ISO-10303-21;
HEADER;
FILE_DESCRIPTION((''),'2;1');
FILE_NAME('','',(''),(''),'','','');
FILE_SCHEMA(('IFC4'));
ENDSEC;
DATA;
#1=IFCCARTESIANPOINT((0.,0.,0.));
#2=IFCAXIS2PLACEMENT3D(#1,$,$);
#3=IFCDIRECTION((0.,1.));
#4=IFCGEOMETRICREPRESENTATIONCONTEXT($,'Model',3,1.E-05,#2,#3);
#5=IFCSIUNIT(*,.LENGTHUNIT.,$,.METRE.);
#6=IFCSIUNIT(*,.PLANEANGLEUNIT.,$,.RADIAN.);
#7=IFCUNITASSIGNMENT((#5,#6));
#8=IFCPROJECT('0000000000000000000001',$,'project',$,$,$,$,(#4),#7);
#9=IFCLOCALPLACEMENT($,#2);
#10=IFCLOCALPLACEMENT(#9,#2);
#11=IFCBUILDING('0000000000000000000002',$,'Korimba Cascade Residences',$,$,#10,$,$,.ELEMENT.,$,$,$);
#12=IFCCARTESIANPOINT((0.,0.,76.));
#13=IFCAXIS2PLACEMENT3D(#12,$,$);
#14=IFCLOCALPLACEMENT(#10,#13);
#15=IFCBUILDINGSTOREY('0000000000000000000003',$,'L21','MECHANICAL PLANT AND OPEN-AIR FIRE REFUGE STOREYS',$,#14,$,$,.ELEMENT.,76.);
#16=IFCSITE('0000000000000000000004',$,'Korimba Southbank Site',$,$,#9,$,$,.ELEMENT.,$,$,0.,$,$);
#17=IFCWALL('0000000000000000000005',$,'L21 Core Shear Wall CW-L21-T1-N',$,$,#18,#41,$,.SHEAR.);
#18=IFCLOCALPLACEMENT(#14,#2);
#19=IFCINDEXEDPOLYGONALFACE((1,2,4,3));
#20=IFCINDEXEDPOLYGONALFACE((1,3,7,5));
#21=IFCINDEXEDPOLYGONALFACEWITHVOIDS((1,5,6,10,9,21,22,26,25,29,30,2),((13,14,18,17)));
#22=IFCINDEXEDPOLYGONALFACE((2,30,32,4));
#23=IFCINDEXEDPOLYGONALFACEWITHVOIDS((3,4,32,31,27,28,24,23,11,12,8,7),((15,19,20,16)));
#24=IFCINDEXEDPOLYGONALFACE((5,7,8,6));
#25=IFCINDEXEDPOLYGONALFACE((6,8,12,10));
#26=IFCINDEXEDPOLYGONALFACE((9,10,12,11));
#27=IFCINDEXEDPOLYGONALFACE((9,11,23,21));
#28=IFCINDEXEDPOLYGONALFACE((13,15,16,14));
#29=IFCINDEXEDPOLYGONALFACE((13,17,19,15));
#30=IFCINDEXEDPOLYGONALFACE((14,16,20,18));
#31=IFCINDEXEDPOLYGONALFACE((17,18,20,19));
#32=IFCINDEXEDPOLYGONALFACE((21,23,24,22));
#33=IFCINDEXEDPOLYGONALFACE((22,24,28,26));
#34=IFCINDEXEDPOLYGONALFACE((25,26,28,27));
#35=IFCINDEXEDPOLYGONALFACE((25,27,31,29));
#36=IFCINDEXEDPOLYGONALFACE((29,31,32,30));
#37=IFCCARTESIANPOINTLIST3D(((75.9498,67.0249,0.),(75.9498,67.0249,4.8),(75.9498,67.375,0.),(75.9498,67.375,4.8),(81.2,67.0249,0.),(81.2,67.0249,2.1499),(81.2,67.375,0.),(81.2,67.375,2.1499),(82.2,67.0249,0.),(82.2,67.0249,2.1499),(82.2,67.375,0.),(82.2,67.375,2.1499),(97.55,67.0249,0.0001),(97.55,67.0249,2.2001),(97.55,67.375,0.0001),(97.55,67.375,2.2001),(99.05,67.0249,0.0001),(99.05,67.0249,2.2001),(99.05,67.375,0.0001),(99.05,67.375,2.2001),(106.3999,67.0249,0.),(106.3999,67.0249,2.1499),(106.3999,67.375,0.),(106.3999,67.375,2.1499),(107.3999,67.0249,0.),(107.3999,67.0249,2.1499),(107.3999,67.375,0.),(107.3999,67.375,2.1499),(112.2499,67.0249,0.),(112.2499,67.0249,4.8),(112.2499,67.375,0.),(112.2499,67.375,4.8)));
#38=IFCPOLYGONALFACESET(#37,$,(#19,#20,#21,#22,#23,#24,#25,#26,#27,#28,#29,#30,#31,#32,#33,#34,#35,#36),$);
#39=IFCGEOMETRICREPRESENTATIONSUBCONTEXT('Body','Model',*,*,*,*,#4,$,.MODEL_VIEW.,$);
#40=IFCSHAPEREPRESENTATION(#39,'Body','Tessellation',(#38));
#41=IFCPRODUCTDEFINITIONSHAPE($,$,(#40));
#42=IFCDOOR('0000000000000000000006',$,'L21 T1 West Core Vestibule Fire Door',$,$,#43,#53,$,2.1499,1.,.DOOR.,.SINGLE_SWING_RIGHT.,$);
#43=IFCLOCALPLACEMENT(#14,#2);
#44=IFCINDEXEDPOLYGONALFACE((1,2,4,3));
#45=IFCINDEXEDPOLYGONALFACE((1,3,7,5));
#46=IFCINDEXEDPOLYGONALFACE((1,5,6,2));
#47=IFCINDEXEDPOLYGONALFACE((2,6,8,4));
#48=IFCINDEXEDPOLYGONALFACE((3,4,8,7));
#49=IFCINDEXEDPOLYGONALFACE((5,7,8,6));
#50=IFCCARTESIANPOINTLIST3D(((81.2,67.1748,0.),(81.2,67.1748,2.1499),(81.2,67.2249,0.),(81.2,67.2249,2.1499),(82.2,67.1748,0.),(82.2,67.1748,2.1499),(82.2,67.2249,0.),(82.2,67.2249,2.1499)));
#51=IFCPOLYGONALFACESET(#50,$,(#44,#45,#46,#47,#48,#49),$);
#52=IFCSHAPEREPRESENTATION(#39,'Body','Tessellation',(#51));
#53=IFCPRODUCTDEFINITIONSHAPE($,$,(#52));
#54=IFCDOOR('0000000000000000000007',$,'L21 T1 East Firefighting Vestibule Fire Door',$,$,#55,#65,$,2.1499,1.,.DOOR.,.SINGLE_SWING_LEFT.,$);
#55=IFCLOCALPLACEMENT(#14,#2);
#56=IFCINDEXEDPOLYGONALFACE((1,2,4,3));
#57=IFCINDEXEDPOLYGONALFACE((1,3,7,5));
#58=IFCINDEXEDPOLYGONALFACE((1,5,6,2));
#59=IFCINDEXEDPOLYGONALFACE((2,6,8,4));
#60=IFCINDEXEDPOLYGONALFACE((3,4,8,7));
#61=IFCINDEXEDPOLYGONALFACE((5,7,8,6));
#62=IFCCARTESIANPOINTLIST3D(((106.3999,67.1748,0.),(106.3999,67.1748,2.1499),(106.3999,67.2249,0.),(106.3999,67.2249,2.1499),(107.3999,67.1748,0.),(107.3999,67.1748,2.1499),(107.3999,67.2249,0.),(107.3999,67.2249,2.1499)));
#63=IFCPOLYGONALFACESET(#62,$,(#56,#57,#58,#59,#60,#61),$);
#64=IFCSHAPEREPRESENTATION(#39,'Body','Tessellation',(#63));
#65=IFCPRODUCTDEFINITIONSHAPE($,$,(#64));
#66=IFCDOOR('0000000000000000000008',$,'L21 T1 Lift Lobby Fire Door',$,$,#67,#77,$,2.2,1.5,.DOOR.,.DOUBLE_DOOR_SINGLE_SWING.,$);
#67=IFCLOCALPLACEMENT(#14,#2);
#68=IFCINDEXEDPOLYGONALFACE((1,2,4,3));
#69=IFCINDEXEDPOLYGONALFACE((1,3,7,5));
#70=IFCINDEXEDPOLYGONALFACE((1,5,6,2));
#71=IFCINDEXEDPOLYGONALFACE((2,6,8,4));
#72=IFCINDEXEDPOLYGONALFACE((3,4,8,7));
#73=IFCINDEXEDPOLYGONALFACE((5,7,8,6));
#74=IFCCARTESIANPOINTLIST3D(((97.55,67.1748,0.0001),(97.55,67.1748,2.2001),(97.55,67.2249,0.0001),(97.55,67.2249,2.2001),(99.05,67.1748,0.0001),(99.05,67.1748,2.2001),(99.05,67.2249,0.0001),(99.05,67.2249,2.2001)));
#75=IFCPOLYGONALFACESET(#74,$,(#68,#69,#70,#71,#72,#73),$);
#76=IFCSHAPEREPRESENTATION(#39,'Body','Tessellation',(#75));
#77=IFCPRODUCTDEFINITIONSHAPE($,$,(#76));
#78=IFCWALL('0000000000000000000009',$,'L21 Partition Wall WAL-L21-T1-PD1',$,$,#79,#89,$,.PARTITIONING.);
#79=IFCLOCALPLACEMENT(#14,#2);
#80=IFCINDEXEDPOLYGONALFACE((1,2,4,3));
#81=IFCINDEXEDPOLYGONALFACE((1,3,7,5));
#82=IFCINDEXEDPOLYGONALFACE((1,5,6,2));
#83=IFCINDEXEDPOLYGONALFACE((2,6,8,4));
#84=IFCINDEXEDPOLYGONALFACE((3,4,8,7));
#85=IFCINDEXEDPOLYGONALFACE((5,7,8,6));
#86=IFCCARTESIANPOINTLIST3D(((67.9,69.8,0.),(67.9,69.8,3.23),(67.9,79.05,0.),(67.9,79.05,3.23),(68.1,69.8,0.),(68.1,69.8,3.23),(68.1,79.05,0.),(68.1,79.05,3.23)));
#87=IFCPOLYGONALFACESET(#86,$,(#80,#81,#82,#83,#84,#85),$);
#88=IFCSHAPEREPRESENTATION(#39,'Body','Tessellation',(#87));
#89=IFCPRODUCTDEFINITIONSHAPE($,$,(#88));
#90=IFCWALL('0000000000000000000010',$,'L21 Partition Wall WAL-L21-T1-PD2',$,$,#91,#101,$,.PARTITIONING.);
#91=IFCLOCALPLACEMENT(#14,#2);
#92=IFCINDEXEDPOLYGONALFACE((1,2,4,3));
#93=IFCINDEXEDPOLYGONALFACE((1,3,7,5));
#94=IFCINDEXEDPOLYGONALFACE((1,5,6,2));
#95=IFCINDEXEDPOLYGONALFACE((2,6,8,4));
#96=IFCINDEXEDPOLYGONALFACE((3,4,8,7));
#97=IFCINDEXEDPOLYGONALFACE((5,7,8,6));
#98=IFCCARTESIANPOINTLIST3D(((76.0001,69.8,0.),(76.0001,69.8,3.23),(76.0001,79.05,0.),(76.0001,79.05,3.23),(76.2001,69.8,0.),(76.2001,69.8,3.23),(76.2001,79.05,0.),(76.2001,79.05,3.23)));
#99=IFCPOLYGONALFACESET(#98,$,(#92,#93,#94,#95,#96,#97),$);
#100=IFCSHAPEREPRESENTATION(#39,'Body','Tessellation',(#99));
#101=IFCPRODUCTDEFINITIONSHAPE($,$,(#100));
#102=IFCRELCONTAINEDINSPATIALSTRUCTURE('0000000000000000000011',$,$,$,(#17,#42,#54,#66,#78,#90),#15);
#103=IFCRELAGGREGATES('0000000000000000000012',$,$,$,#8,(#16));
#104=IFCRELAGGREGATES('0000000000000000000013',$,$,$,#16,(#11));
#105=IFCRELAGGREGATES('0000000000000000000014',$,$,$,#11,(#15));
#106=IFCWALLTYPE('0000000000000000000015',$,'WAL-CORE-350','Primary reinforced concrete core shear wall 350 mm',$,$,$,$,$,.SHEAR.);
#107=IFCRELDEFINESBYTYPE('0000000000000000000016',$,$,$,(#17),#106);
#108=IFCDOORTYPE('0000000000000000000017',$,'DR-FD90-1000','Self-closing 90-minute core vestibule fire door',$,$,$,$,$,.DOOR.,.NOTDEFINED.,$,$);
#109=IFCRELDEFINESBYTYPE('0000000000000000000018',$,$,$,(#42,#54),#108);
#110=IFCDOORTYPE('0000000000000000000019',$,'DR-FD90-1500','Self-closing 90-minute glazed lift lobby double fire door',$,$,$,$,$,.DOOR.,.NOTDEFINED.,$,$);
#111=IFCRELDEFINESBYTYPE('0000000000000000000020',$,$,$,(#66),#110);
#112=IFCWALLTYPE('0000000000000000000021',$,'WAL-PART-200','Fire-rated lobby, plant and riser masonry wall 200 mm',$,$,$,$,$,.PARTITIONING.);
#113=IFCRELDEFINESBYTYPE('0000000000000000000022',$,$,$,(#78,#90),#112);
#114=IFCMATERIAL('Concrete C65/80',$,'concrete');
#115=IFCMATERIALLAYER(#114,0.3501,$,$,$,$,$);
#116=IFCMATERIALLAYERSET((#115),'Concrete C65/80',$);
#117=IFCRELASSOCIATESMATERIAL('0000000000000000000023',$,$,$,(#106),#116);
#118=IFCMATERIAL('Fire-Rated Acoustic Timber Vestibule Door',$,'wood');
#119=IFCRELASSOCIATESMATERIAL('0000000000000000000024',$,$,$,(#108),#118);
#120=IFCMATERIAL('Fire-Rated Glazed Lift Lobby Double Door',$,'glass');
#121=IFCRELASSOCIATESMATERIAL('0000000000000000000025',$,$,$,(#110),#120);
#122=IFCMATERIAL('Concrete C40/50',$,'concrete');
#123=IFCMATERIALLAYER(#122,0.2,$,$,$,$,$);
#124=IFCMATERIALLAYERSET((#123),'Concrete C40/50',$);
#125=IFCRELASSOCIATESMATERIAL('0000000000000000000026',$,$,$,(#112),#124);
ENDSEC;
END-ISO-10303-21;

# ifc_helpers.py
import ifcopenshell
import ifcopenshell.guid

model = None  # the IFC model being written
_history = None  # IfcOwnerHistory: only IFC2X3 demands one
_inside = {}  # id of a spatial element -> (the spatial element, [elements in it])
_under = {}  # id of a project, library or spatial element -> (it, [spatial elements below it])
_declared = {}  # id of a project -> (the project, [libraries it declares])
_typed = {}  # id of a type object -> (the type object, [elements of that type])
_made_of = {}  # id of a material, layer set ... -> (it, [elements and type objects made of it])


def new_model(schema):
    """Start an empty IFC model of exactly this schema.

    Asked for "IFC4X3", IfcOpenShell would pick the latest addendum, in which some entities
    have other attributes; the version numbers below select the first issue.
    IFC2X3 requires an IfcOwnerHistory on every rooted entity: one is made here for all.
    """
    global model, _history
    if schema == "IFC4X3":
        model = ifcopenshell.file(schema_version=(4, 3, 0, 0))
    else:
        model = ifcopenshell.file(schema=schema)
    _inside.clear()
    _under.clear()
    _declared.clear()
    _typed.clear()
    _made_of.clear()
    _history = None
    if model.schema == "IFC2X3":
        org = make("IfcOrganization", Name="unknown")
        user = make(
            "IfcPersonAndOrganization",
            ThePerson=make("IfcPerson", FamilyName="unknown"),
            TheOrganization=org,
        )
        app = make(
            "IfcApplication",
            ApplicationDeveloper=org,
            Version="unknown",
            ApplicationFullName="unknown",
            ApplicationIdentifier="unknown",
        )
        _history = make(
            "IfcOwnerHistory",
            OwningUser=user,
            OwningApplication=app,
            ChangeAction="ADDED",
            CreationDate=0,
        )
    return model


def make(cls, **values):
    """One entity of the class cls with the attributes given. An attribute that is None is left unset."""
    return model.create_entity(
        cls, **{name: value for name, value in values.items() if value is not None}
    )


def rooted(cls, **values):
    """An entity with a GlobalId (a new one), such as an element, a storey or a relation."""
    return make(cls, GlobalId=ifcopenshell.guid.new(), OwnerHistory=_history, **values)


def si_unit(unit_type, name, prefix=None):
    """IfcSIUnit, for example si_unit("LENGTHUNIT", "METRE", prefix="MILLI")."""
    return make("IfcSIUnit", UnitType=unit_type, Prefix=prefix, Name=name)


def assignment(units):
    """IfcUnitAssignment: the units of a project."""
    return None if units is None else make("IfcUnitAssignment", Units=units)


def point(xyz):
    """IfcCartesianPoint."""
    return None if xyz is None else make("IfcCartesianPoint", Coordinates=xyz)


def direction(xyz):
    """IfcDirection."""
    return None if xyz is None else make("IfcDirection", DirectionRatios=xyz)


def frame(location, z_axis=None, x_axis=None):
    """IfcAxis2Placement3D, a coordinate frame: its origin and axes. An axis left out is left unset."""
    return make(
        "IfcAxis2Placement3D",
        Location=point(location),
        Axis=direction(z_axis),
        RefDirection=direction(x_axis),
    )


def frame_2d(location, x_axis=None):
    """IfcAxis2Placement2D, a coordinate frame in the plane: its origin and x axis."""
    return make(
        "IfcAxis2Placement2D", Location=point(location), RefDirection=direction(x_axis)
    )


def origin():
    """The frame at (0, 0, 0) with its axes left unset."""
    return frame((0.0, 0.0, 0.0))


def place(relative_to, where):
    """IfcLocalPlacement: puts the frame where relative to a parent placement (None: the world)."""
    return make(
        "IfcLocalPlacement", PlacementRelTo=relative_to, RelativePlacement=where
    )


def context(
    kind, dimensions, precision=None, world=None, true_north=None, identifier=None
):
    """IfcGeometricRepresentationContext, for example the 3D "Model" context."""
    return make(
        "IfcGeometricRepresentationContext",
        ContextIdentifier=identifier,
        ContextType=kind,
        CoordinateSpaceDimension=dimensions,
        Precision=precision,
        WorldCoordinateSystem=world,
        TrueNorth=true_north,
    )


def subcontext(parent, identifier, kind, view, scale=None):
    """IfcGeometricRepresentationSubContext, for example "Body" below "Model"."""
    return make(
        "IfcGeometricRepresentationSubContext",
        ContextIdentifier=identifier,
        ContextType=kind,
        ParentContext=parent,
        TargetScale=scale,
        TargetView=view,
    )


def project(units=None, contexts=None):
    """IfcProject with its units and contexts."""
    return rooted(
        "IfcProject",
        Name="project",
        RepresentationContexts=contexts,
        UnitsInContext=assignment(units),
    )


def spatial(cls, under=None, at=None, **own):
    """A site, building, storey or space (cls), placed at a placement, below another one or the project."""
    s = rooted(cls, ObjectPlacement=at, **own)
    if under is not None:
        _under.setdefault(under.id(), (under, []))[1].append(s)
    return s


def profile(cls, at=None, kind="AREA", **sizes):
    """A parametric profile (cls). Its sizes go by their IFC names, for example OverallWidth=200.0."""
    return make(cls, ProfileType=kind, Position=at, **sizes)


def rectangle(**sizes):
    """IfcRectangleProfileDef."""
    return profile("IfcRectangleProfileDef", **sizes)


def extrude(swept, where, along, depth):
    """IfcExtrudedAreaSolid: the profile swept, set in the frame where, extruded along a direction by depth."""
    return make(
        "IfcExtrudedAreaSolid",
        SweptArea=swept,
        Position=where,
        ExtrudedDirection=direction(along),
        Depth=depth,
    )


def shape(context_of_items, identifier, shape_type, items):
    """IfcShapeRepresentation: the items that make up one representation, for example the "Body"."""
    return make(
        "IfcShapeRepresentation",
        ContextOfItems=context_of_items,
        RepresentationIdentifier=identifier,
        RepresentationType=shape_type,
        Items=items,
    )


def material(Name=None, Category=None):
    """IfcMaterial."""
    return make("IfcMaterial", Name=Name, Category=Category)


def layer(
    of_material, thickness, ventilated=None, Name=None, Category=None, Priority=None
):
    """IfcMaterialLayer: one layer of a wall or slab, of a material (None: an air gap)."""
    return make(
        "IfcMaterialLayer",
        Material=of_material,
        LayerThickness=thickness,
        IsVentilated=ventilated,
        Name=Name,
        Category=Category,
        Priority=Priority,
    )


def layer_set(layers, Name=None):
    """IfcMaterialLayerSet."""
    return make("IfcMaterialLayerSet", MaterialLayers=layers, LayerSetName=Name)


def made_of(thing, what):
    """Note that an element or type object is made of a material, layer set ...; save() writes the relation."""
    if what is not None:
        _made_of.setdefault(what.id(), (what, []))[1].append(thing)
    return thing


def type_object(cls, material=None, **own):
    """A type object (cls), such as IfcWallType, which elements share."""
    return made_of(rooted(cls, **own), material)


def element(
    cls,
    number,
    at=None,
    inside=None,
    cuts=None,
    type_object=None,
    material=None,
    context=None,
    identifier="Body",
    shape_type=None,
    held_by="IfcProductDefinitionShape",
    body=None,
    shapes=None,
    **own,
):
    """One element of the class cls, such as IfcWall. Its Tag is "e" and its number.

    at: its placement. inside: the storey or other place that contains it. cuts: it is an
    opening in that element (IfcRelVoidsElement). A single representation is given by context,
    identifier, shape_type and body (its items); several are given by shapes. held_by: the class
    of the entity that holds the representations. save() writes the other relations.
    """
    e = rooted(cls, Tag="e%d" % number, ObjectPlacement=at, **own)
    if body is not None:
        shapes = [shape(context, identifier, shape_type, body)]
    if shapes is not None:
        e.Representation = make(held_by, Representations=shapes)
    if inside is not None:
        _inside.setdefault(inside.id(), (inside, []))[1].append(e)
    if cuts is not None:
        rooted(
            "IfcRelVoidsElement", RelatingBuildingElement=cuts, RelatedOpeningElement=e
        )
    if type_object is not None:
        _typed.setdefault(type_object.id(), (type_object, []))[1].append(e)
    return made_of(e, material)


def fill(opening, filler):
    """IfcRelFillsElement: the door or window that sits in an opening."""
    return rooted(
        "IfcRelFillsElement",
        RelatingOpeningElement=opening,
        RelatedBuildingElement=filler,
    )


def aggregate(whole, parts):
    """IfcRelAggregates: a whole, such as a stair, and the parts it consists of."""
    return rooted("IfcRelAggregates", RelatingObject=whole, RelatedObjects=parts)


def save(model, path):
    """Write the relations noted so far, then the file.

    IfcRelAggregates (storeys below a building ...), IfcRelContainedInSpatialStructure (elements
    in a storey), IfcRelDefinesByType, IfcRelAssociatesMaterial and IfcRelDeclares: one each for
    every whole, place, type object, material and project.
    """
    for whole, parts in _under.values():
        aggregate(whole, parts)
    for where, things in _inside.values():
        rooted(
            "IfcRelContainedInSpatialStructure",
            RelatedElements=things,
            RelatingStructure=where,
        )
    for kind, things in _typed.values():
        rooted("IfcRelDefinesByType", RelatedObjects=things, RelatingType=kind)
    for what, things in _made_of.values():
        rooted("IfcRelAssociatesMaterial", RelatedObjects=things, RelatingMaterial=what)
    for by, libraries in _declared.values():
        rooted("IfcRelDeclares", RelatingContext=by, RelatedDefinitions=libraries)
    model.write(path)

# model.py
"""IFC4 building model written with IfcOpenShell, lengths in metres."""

from ifc_helpers import new_model, si_unit, direction, frame, frame_2d, origin, place, context, subcontext, project, spatial, rectangle, extrude, material, layer, layer_set, type_object, element, fill, save


model = new_model("IFC4")

# Units and contexts
model_context = context("Model", 3, precision=1e-05, world=origin(), true_north=direction((0.0, 1.0)))
body_context = subcontext(model_context, "Body", "Model", "MODEL_VIEW")
ifc_project = project(units=[si_unit("LENGTHUNIT", "METRE"), si_unit("PLANEANGLEUNIT", "RADIAN")], contexts=[model_context])

# Site, building, storey
site_placement = place(None, origin())
site = spatial("IfcSite", under=ifc_project, at=site_placement, Name="Korimba Southbank Site", CompositionType="ELEMENT", RefElevation=0.0)
building_placement = place(site_placement, origin())
building = spatial("IfcBuilding", under=site, at=building_placement, Name="Korimba Cascade Residences", CompositionType="ELEMENT")
storey_placement = place(building_placement, frame((0.0, 0.0, 76.0)))
storey = spatial("IfcBuildingStorey", under=building, at=storey_placement, Name="L21", Description="MECHANICAL PLANT AND OPEN-AIR FIRE REFUGE STOREYS", CompositionType="ELEMENT", Elevation=76.0)

# Shared definitions
ifc_material_1 = material(Name="Concrete C65/80", Category="concrete")

# Wall, openings, doors
ifc_layer_1 = layer(ifc_material_1, 0.3501)
ifc_layer_set_1 = layer_set([ifc_layer_1], Name="Concrete C65/80")
wall_type_1 = type_object("IfcWallType", Name="WAL-CORE-350", Description="Primary reinforced concrete core shear wall 350 mm", PredefinedType="SHEAR", material=ifc_layer_set_1)
wall_1_placement = place(storey_placement, frame((75.95, 67.2, 0.0), z_axis=(0.0, 0.0, 1.0), x_axis=(1.0, 0.0, 0.0)))
wall_1 = element("IfcWall", 1, at=wall_1_placement, inside=storey, type_object=wall_type_1, Name="L21 Core Shear Wall CW-L21-T1-N", PredefinedType="SHEAR", context=body_context, shape_type="SweptSolid", body=[
    extrude(rectangle(XDim=36.3, YDim=0.3501, at=frame_2d((18.1499, 0.0))), origin(), (0.0, 0.0, 1.0), 4.8),
])
opening_1_placement = place(wall_1_placement, frame((5.25, 0.0, 0.0)))
opening_1 = element("IfcOpeningElement", 2, at=opening_1_placement, cuts=wall_1, PredefinedType="OPENING", context=body_context, shape_type="SweptSolid", body=[
    extrude(rectangle(XDim=1.0, YDim=2.1499, at=frame_2d((0.5, 1.075))), frame((0.0, 0.1851, 0.0), z_axis=(0.0, -1.0, 0.0), x_axis=(1.0, 0.0, 0.0)), (0.0, 0.0, 1.0), 0.3701),
])
opening_2_placement = place(wall_1_placement, frame((21.6001, 0.0, 0.0)))
opening_2 = element("IfcOpeningElement", 3, at=opening_2_placement, cuts=wall_1, PredefinedType="OPENING", context=body_context, shape_type="SweptSolid", body=[
    extrude(rectangle(XDim=1.5, YDim=2.2, at=frame_2d((0.75, 1.1001))), frame((0.0, 0.1851, 0.0), z_axis=(0.0, -1.0, 0.0), x_axis=(1.0, 0.0, 0.0)), (0.0, 0.0, 1.0), 0.3701),
])
opening_3_placement = place(wall_1_placement, frame((30.45, 0.0, 0.0)))
opening_3 = element("IfcOpeningElement", 4, at=opening_3_placement, cuts=wall_1, PredefinedType="OPENING", context=body_context, shape_type="SweptSolid", body=[
    extrude(rectangle(XDim=1.0, YDim=2.1499, at=frame_2d((0.5, 1.075))), frame((0.0, 0.1851, 0.0), z_axis=(0.0, -1.0, 0.0), x_axis=(1.0, 0.0, 0.0)), (0.0, 0.0, 1.0), 0.3701),
])
ifc_material_2 = material(Name="Fire-Rated Acoustic Timber Vestibule Door", Category="wood")
door_type_1 = type_object("IfcDoorType", Name="DR-FD90-1000", Description="Self-closing 90-minute core vestibule fire door", OperationType="NOTDEFINED", PredefinedType="DOOR", material=ifc_material_2)
door_1_placement = place(opening_1_placement, origin())
door_1 = element("IfcDoor", 5, at=door_1_placement, inside=storey, type_object=door_type_1, Name="L21 T1 West Core Vestibule Fire Door", OperationType="SINGLE_SWING_RIGHT", OverallHeight=2.1499, OverallWidth=1.0, PredefinedType="DOOR", context=body_context, shape_type="SweptSolid", body=[
    extrude(rectangle(XDim=1.0, YDim=2.1499, at=frame_2d((0.5, 1.075))), frame((0.0, 0.0249, 0.0), z_axis=(0.0, -1.0, 0.0), x_axis=(1.0, 0.0, 0.0)), (0.0, 0.0, 1.0), 0.05),
])
fill(opening_1, door_1)
door_2_placement = place(opening_3_placement, origin())
door_2 = element("IfcDoor", 6, at=door_2_placement, inside=storey, type_object=door_type_1, Name="L21 T1 East Firefighting Vestibule Fire Door", OperationType="SINGLE_SWING_LEFT", OverallHeight=2.1499, OverallWidth=1.0, PredefinedType="DOOR", context=body_context, shape_type="SweptSolid", body=[
    extrude(rectangle(XDim=1.0, YDim=2.1499, at=frame_2d((0.5, 1.075))), frame((0.0, 0.0249, 0.0), z_axis=(0.0, -1.0, 0.0), x_axis=(1.0, 0.0, 0.0)), (0.0, 0.0, 1.0), 0.05),
])
fill(opening_3, door_2)
ifc_material_3 = material(Name="Fire-Rated Glazed Lift Lobby Double Door", Category="glass")
door_type_2 = type_object("IfcDoorType", Name="DR-FD90-1500", Description="Self-closing 90-minute glazed lift lobby double fire door", OperationType="NOTDEFINED", PredefinedType="DOOR", material=ifc_material_3)
door_3_placement = place(opening_2_placement, origin())
door_3 = element("IfcDoor", 7, at=door_3_placement, inside=storey, type_object=door_type_2, Name="L21 T1 Lift Lobby Fire Door", OperationType="DOUBLE_DOOR_SINGLE_SWING", OverallHeight=2.2, OverallWidth=1.5, PredefinedType="DOOR", context=body_context, shape_type="SweptSolid", body=[
    extrude(rectangle(XDim=1.5, YDim=2.2, at=frame_2d((0.75, 1.1001))), frame((0.0, 0.0249, 0.0), z_axis=(0.0, -1.0, 0.0), x_axis=(1.0, 0.0, 0.0)), (0.0, 0.0, 1.0), 0.05),
])
fill(opening_2, door_3)

# Walls
ifc_material_4 = material(Name="Concrete C40/50", Category="concrete")
ifc_layer_2 = layer(ifc_material_4, 0.2)
ifc_layer_set_2 = layer_set([ifc_layer_2], Name="Concrete C40/50")
wall_type_2 = type_object("IfcWallType", Name="WAL-PART-200", Description="Fire-rated lobby, plant and riser masonry wall 200 mm", PredefinedType="PARTITIONING", material=ifc_layer_set_2)
for number, where, z_axis, x_axis, name in (
    (8, (68.0, 69.8, 0.0), (0.0, 0.0, 1.0), (0.0, 1.0, 0.0), "L21 Partition Wall WAL-L21-T1-PD1"),
    (9, (76.1001, 69.8, 0.0), (0.0, 0.0, 1.0), (0.0, 1.0, 0.0), "L21 Partition Wall WAL-L21-T1-PD2"),
):
    element("IfcWall", number, at=place(storey_placement, frame(where, z_axis=z_axis, x_axis=x_axis)), inside=storey, type_object=wall_type_2, Name=name, PredefinedType="PARTITIONING", context=body_context, shape_type="SweptSolid", body=[
        extrude(rectangle(XDim=9.25, YDim=0.2, at=frame_2d((4.625, 0.0))), origin(), (0.0, 0.0, 1.0), 3.23),
    ])

save(model, "model.ifc")
